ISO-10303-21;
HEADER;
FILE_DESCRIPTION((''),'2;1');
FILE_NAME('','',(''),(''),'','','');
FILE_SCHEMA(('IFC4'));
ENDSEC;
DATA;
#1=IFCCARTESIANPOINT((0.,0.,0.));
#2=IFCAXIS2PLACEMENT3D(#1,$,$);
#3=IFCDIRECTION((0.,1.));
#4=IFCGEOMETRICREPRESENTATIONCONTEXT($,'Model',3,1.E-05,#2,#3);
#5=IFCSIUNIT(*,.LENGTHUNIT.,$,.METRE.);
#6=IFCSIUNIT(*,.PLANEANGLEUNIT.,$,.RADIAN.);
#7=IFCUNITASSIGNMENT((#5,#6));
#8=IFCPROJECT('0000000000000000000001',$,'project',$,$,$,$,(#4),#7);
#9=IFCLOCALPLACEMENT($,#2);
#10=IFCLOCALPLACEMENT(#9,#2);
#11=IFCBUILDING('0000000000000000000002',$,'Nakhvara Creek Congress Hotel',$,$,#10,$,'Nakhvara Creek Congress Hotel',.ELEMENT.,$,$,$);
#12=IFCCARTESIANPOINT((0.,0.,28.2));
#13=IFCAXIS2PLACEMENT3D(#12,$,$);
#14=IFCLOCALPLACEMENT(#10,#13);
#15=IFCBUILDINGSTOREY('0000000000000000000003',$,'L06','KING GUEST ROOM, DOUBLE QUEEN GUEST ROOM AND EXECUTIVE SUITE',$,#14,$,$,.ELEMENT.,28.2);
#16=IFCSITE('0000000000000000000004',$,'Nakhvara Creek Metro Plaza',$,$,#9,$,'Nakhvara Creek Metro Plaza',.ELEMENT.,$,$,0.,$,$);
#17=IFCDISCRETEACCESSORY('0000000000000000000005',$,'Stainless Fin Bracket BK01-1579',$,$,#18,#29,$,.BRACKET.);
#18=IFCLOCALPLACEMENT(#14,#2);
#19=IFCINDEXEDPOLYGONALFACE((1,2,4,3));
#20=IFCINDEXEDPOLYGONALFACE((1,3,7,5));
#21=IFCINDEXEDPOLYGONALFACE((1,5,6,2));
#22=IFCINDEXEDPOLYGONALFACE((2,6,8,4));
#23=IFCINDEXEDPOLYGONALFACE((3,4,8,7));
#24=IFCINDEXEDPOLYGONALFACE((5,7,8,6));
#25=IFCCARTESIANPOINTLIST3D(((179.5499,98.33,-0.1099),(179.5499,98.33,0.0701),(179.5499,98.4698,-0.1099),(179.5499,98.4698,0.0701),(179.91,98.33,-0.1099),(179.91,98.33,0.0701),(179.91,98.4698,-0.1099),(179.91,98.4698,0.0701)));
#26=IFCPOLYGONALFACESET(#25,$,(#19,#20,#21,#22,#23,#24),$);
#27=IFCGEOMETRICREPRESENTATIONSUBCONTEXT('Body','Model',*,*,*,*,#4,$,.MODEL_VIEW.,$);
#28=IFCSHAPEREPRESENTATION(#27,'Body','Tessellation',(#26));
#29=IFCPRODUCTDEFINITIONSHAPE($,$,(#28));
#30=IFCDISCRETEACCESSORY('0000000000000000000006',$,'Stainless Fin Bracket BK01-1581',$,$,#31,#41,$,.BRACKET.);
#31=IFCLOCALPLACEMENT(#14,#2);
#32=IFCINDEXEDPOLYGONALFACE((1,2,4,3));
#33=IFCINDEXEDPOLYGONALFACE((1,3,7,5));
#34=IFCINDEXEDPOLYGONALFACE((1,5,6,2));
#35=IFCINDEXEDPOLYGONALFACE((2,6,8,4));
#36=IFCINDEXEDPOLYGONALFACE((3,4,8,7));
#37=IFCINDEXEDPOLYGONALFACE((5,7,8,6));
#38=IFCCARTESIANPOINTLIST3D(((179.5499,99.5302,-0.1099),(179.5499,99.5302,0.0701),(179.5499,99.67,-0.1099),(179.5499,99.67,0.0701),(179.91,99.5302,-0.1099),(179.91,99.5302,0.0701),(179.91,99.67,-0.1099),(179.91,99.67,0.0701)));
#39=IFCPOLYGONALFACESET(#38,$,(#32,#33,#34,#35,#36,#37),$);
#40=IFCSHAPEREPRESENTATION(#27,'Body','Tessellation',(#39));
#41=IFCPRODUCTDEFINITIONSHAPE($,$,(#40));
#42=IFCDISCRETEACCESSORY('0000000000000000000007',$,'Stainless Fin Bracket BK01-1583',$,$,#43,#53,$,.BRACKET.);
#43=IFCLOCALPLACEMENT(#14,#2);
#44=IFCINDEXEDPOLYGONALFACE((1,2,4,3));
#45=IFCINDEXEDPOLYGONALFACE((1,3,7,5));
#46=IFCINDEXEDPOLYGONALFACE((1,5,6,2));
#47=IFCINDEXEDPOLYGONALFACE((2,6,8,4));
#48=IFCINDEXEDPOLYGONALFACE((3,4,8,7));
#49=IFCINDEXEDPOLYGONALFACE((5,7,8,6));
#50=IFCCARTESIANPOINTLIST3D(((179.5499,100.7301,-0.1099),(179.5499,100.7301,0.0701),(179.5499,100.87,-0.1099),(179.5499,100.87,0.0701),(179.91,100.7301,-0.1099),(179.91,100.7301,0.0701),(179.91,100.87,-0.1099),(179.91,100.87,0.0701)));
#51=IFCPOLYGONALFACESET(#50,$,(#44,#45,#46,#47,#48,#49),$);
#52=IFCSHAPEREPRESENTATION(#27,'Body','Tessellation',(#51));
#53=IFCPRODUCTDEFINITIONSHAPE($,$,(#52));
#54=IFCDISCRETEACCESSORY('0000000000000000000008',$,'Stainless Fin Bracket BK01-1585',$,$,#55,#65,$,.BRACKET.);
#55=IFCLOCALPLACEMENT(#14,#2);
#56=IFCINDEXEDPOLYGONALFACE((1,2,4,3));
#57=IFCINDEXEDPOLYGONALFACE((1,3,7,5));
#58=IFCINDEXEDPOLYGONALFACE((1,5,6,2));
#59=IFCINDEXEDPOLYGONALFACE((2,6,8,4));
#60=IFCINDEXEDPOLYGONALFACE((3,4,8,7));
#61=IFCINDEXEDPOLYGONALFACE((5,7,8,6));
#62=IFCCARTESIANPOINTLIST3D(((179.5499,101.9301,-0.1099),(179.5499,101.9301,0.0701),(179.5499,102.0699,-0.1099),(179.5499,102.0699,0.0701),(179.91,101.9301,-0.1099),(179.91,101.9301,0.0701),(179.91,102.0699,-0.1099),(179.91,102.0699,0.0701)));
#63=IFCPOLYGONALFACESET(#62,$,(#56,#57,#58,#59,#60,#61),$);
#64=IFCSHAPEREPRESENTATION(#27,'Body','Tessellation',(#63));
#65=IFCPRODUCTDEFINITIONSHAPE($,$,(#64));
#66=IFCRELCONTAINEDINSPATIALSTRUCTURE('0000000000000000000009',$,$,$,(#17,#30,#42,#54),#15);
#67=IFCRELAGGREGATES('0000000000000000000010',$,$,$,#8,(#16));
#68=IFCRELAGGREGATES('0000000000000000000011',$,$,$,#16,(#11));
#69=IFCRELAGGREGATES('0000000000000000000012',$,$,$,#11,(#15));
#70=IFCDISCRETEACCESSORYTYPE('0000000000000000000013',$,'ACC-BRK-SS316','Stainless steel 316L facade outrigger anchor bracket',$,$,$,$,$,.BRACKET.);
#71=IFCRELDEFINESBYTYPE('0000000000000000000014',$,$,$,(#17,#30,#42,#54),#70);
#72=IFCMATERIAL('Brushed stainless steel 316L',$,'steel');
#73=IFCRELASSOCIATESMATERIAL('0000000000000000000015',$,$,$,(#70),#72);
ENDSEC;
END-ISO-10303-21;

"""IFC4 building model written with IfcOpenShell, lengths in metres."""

from ifc_helpers import new_model, si_unit, direction, frame, origin, origin_2d, place, context, subcontext, project, spatial, rectangle, extrude, material, type_object, element, save


model = new_model("IFC4")

# Units and contexts
model_context = context("Model", 3, precision=1e-05, world=origin(), true_north=direction((0.0, 1.0)))
body_context = subcontext(model_context, "Body", "Model", "MODEL_VIEW")
ifc_project = project(units=[si_unit("LENGTHUNIT", "METRE"), si_unit("PLANEANGLEUNIT", "RADIAN")], contexts=[model_context])

# Site, building, storey
site_placement = place(None, origin())
site = spatial("IfcSite", under=ifc_project, at=site_placement, Name="Nakhvara Creek Metro Plaza", LongName="Nakhvara Creek Metro Plaza", CompositionType="ELEMENT", RefElevation=0.0)
building_placement = place(site_placement, origin())
building = spatial("IfcBuilding", under=site, at=building_placement, Name="Nakhvara Creek Congress Hotel", LongName="Nakhvara Creek Congress Hotel", CompositionType="ELEMENT")
storey_placement = place(building_placement, frame((0.0, 0.0, 28.2)))
storey = spatial("IfcBuildingStorey", under=building, at=storey_placement, Name="L06", Description="KING GUEST ROOM, DOUBLE QUEEN GUEST ROOM AND EXECUTIVE SUITE", CompositionType="ELEMENT", Elevation=28.2)

# Discrete accessories
ifc_material_1 = material(Name="Brushed stainless steel 316L", Category="steel")
discrete_accessory_type = type_object("IfcDiscreteAccessoryType", Name="ACC-BRK-SS316", Description="Stainless steel 316L facade outrigger anchor bracket", PredefinedType="BRACKET", material=ifc_material_1)
for number, where, z_axis, x_axis, name in (
    (1, (179.73, 98.3999, -0.1099), (0.0, 0.0, 1.0), (0.0, 1.0, 0.0), "Stainless Fin Bracket BK01-1579"),
    (2, (179.73, 99.6001, -0.1099), (0.0, 0.0, 1.0), (0.0, 1.0, 0.0), "Stainless Fin Bracket BK01-1581"),
    (3, (179.73, 100.8, -0.1099), (0.0, 0.0, 1.0), (0.0, 1.0, 0.0), "Stainless Fin Bracket BK01-1583"),
    (4, (179.73, 102.0, -0.1099), (0.0, 0.0, 1.0), (0.0, 1.0, 0.0), "Stainless Fin Bracket BK01-1585"),
):
    element("IfcDiscreteAccessory", number, at=place(storey_placement, frame(where, z_axis=z_axis, x_axis=x_axis)), inside=storey, type_object=discrete_accessory_type, Name=name, PredefinedType="BRACKET", context=body_context, shape_type="SweptSolid", body=[
        extrude(rectangle(XDim=0.1399, YDim=0.3601, at=origin_2d()), origin(), (0.0, 0.0, 1.0), 0.1799),
    ])

save(model, "model.ifc")
